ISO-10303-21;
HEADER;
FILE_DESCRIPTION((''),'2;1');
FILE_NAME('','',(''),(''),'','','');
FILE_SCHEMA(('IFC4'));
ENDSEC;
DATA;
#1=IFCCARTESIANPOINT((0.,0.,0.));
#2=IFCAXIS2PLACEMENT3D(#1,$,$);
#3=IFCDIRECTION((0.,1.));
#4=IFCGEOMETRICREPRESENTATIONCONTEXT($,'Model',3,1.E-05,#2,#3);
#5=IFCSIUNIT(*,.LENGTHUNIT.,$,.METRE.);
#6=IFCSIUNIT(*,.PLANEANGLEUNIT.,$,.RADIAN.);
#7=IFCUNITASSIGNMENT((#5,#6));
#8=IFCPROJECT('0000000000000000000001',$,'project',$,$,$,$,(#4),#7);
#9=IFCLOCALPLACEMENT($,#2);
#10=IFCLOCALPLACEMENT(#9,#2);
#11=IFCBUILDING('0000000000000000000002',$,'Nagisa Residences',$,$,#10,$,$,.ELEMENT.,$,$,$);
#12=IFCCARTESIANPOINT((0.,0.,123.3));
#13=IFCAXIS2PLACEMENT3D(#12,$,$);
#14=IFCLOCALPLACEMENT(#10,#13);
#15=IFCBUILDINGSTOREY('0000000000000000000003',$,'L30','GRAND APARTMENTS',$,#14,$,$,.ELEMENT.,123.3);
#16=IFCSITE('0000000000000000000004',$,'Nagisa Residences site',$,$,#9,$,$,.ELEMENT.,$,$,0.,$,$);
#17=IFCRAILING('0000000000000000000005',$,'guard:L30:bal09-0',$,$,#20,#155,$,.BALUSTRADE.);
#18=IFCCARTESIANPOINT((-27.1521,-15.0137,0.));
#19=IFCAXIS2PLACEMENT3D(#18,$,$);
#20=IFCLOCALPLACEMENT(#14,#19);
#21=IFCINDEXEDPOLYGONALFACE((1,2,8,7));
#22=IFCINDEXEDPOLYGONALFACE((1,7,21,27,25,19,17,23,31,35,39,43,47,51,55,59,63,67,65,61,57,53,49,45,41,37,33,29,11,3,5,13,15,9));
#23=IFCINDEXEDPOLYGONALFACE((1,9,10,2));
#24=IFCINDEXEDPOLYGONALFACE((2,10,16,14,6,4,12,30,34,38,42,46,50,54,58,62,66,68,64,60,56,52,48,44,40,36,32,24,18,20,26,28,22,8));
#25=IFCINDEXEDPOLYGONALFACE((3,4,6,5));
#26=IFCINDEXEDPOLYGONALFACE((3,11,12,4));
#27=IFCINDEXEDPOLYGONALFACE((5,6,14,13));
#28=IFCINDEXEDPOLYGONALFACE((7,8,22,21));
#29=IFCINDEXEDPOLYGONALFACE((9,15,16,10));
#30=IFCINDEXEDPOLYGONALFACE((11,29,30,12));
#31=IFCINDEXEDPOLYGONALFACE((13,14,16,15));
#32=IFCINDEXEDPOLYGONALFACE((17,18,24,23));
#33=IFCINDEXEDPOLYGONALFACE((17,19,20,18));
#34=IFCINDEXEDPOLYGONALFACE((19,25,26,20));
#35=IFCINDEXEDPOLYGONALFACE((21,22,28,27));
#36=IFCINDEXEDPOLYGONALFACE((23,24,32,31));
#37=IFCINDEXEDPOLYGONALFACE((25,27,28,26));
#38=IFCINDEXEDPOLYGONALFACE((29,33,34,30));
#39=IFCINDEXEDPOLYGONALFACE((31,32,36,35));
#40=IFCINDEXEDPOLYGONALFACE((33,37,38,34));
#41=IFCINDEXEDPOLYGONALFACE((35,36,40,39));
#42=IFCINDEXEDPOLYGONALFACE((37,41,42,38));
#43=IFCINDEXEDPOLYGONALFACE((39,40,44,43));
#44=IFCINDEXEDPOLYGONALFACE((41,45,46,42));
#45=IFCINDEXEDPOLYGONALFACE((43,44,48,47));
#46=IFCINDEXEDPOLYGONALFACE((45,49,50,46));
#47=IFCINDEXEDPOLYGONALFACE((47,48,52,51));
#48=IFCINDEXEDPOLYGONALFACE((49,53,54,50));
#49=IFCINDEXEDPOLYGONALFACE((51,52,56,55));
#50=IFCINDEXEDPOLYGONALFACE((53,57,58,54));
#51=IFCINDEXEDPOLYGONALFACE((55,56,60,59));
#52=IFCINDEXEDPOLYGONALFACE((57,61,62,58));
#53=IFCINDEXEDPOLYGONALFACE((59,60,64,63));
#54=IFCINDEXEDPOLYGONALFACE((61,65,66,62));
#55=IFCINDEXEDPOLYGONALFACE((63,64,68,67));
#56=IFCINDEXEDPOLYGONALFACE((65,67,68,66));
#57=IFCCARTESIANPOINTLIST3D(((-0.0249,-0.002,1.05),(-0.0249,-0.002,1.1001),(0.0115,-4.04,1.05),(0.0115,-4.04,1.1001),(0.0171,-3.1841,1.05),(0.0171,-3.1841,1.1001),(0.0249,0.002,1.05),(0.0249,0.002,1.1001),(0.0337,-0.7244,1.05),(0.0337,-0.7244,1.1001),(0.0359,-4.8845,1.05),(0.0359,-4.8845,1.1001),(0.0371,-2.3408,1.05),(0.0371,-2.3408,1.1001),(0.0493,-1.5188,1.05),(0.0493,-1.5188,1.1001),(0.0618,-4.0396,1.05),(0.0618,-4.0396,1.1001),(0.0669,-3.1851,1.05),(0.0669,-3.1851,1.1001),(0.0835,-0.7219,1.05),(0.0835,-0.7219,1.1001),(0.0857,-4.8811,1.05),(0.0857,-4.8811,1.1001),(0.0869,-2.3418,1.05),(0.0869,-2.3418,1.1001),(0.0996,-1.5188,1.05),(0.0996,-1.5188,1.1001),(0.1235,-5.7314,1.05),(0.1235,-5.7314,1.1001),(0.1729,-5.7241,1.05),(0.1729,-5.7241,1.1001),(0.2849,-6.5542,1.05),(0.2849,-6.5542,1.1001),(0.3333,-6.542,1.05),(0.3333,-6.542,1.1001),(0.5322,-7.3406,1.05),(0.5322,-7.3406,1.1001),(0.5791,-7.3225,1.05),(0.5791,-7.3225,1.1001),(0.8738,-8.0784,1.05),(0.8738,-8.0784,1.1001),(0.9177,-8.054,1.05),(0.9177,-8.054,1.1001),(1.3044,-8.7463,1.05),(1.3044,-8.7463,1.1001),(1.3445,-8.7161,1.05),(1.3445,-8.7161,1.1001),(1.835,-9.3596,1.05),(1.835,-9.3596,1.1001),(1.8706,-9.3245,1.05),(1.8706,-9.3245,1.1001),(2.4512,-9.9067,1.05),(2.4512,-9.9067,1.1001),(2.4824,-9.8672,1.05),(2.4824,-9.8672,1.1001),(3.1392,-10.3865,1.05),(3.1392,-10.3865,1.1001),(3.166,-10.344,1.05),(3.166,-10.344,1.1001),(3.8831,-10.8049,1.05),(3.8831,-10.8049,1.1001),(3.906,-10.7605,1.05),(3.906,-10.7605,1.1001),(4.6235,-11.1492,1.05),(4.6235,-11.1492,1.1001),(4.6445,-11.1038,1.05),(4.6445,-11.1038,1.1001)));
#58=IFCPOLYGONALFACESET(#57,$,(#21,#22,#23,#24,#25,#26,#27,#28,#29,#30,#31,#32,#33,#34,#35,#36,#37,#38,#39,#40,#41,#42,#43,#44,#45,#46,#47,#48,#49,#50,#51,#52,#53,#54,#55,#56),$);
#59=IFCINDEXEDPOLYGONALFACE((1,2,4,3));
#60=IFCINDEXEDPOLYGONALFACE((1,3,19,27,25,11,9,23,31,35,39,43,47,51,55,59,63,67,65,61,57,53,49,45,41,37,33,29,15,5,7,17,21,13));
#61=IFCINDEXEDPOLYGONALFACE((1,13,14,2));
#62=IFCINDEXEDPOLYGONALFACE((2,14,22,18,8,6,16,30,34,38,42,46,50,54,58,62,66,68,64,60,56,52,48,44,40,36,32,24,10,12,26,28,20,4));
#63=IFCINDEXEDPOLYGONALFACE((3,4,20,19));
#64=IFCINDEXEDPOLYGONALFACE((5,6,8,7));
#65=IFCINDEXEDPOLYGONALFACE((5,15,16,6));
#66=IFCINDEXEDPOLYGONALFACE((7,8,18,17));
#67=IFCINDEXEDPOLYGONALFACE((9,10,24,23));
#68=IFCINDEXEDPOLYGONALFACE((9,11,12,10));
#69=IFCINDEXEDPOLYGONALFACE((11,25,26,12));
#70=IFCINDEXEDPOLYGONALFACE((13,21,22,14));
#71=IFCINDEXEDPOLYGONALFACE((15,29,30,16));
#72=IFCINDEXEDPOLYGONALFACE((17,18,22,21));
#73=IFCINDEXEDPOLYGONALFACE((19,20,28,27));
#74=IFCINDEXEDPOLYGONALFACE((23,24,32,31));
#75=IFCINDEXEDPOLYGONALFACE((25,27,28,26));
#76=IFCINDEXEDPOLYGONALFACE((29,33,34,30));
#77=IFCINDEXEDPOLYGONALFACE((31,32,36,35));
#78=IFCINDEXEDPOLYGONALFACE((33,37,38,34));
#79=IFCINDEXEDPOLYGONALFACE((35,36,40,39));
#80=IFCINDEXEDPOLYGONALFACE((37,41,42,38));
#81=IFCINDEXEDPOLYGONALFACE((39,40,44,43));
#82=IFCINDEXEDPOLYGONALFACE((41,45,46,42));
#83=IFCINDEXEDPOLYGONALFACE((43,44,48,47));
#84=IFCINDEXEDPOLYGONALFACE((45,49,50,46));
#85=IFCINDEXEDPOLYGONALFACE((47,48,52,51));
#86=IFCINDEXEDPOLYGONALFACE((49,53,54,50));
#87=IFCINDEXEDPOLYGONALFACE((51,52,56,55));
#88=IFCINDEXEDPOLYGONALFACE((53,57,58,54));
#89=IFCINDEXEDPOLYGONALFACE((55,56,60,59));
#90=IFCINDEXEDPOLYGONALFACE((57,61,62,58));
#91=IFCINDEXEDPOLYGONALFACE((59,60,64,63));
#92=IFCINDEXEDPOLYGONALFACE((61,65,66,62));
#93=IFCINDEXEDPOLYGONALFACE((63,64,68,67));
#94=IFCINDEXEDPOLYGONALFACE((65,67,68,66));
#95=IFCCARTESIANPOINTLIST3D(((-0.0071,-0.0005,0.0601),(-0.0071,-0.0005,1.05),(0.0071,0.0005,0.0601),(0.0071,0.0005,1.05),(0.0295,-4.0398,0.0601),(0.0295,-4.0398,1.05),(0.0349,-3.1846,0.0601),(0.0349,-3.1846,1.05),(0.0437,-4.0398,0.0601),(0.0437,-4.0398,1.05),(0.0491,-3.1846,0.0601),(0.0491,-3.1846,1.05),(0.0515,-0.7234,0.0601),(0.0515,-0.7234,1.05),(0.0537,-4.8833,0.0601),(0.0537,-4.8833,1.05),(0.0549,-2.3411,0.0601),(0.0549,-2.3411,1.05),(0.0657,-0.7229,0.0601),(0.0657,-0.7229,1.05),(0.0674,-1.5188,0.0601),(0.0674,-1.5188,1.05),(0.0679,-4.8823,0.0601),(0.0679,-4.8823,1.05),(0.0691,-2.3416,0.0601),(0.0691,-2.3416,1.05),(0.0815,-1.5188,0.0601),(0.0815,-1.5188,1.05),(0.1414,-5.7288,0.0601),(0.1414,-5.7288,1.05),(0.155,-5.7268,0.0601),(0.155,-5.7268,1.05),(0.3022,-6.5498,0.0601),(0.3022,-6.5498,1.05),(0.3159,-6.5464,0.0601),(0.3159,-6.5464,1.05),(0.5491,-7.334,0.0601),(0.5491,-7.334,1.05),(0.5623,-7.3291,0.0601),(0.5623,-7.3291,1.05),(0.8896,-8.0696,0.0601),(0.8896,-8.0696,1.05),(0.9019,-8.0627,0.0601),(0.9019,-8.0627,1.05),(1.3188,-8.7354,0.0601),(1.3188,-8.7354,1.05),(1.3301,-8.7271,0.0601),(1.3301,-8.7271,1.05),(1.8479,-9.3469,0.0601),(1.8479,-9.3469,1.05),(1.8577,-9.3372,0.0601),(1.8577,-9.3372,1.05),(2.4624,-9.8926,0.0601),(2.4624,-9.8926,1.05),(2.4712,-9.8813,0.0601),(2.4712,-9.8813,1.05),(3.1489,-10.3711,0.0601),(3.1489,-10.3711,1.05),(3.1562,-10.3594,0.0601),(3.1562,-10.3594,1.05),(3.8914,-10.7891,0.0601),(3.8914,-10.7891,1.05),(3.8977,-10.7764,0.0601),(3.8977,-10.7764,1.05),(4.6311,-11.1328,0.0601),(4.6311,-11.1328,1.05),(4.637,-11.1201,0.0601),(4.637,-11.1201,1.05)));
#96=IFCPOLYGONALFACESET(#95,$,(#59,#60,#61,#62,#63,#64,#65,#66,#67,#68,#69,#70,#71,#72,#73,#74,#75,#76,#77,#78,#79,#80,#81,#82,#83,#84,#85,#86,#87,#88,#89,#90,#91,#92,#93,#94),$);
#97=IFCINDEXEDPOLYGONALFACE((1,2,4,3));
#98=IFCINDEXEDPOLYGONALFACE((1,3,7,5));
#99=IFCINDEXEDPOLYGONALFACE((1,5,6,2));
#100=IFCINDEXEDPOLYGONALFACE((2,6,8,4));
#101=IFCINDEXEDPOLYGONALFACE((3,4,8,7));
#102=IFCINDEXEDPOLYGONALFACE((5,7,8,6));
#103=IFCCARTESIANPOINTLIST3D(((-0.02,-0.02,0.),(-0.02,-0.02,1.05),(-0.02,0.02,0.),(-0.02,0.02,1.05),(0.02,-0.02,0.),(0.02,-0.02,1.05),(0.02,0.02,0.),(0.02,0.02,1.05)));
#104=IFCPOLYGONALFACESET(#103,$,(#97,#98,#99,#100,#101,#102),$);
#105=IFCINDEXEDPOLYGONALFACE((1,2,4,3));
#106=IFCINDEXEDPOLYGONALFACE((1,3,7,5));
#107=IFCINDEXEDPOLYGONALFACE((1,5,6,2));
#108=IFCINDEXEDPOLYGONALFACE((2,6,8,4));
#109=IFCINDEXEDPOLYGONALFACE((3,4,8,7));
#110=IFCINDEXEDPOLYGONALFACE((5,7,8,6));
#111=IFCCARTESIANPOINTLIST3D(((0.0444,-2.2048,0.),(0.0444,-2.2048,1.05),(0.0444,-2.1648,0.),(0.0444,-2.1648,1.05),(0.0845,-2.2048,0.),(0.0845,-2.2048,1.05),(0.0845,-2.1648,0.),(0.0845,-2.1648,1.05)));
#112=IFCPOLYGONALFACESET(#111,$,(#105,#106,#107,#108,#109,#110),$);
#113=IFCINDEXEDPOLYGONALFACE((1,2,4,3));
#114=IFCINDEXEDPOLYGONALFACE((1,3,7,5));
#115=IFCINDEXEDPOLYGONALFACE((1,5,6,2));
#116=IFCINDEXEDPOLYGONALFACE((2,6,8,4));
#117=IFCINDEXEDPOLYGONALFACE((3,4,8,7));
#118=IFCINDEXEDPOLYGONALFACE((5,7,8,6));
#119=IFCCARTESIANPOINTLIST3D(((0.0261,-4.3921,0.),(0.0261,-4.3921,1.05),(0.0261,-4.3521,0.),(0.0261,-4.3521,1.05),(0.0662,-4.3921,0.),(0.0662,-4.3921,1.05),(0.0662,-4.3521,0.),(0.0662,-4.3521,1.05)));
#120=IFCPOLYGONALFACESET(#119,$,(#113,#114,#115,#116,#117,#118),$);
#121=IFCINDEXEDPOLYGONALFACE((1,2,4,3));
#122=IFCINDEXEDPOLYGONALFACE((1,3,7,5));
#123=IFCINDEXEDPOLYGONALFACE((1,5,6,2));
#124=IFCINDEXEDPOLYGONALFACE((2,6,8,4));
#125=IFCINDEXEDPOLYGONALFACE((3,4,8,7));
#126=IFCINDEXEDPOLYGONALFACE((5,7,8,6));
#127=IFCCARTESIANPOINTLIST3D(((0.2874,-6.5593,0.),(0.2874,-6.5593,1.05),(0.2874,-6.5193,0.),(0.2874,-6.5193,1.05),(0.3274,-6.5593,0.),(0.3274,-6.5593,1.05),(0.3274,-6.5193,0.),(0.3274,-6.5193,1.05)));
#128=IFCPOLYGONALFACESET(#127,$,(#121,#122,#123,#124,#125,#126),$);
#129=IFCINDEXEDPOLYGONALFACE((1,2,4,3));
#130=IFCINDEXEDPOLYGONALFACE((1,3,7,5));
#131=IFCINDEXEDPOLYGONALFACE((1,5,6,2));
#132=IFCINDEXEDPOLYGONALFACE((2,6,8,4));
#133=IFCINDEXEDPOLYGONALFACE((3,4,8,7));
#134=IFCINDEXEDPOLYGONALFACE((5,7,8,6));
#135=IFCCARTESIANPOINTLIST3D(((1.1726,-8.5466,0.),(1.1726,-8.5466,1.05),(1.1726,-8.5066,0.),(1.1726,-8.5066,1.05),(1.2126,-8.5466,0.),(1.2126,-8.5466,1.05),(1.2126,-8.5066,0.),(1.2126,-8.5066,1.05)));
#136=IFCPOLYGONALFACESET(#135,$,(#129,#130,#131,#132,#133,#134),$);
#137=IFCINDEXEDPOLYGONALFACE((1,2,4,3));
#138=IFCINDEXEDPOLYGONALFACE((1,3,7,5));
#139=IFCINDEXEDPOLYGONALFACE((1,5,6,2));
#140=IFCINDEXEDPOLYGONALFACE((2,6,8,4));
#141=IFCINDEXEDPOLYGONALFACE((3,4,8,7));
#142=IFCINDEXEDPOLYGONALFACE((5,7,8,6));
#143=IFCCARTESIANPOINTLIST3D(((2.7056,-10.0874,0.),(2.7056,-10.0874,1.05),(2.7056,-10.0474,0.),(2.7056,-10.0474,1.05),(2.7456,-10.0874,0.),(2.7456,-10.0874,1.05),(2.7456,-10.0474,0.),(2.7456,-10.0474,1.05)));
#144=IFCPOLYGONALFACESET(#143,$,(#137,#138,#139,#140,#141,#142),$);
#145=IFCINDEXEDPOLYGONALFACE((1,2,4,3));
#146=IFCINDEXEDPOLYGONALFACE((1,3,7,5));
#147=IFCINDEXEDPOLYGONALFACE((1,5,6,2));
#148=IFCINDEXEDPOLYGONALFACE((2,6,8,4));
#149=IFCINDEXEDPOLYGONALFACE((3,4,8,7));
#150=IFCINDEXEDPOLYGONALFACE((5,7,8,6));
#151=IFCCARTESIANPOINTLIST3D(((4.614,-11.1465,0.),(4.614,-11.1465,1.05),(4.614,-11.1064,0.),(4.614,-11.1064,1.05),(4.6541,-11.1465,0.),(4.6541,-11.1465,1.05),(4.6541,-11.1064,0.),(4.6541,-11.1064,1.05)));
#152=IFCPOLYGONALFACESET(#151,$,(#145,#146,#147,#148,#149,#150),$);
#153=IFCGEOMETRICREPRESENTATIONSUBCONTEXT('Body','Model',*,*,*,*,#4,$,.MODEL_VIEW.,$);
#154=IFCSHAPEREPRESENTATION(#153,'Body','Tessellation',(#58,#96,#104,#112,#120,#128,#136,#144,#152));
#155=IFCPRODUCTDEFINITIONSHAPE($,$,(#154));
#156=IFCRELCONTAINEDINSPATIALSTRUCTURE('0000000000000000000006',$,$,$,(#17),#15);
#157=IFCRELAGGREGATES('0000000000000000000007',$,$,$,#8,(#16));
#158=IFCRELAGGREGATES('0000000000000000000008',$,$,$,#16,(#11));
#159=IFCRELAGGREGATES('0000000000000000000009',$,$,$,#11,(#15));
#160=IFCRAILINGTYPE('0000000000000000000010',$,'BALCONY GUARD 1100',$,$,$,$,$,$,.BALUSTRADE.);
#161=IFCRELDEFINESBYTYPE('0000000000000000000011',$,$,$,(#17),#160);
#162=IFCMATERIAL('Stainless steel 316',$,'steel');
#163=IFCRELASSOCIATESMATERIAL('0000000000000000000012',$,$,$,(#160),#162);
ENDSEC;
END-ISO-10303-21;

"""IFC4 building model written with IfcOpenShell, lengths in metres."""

from ifc_helpers import new_model, si_unit, direction, frame, origin, origin_2d, place, context, subcontext, project, spatial, polyline, rectangle, outline, extrude, material, type_object, element, save


model = new_model("IFC4")

# Units and contexts
model_context = context("Model", 3, precision=1e-05, world=origin(), true_north=direction((0.0, 1.0)))
body_context = subcontext(model_context, "Body", "Model", "MODEL_VIEW")
ifc_project = project(units=[si_unit("LENGTHUNIT", "METRE"), si_unit("PLANEANGLEUNIT", "RADIAN")], contexts=[model_context])

# Site, building, storey
site_placement = place(None, origin())
site = spatial("IfcSite", under=ifc_project, at=site_placement, Name="Nagisa Residences site", CompositionType="ELEMENT", RefElevation=0.0)
building_placement = place(site_placement, origin())
building = spatial("IfcBuilding", under=site, at=building_placement, Name="Nagisa Residences", CompositionType="ELEMENT")
storey_placement = place(building_placement, frame((0.0, 0.0, 123.3)))
storey = spatial("IfcBuildingStorey", under=building, at=storey_placement, Name="L30", Description="GRAND APARTMENTS", CompositionType="ELEMENT", Elevation=123.3)

# Railing
ifc_material_1 = material(Name="Stainless steel 316", Category="steel")
railing_type = type_object("IfcRailingType", Name="BALCONY GUARD 1100", PredefinedType="BALUSTRADE", material=ifc_material_1)
railing_1_placement = place(storey_placement, frame((-27.1521, -15.0137, 0.0)))
element("IfcRailing", 1, at=railing_1_placement, inside=storey, type_object=railing_type, Name="guard:L30:bal09-0", PredefinedType="BALUSTRADE", context=body_context, shape_type="SweptSolid", body=[
    extrude(outline(polyline([(0.0835, -0.7219), (0.0249, 0.002), (-0.0249, -0.002), (0.0337, -0.7244), (0.0493, -1.5188), (0.0371, -2.3408), (0.0171, -3.1841), (0.0115, -4.04), (0.0359, -4.8845), (0.1235, -5.7314), (0.2849, -6.5542), (0.5322, -7.3406), (0.8738, -8.0784), (1.3044, -8.7463), (1.835, -9.3596), (2.4512, -9.9067), (3.1392, -10.3865), (3.8831, -10.8049), (4.6235, -11.1492), (4.6445, -11.1038), (3.906, -10.7605), (3.166, -10.344), (2.4824, -9.8672), (1.8706, -9.3245), (1.3445, -8.7161), (0.9177, -8.054), (0.5791, -7.3225), (0.3333, -6.542), (0.1729, -5.7241), (0.0857, -4.8811), (0.0618, -4.0396), (0.0669, -3.1851), (0.0869, -2.3418), (0.0996, -1.5188), (0.0835, -0.7219)])), frame((0.0, 0.0, 1.05)), (0.0, 0.0, 1.0), 0.05),
    extrude(outline(polyline([(0.0657, -0.7229), (0.0071, 0.0005), (-0.0071, -0.0005), (0.0515, -0.7234), (0.0674, -1.5188), (0.0549, -2.3411), (0.0349, -3.1846), (0.0295, -4.0398), (0.0537, -4.8833), (0.1414, -5.7288), (0.3022, -6.5498), (0.5491, -7.334), (0.8896, -8.0696), (1.3188, -8.7354), (1.8479, -9.3469), (2.4624, -9.8926), (3.1489, -10.3711), (3.8914, -10.7891), (4.6311, -11.1328), (4.637, -11.1201), (3.8977, -10.7764), (3.1562, -10.3594), (2.4712, -9.8813), (1.8577, -9.3372), (1.3301, -8.7271), (0.9019, -8.0627), (0.5623, -7.3291), (0.3159, -6.5464), (0.155, -5.7268), (0.0679, -4.8823), (0.0437, -4.0398), (0.0491, -3.1846), (0.0691, -2.3416), (0.0815, -1.5188), (0.0657, -0.7229)])), frame((0.0, 0.0, 0.0601)), (0.0, 0.0, 1.0), 0.99),
    extrude(rectangle(XDim=0.04, YDim=0.04, at=origin_2d()), origin(), (0.0, 0.0, 1.0), 1.05),
    extrude(rectangle(XDim=0.04, YDim=0.04, at=origin_2d()), frame((0.0645, -2.1848, 0.0)), (0.0, 0.0, 1.0), 1.05),
    extrude(rectangle(XDim=0.04, YDim=0.04, at=origin_2d()), frame((0.0461, -4.3721, 0.0)), (0.0, 0.0, 1.0), 1.05),
    extrude(rectangle(XDim=0.04, YDim=0.04, at=origin_2d()), frame((0.3074, -6.5393, 0.0)), (0.0, 0.0, 1.0), 1.05),
    extrude(rectangle(XDim=0.04, YDim=0.04, at=origin_2d()), frame((1.1926, -8.5266, 0.0)), (0.0, 0.0, 1.0), 1.05),
    extrude(rectangle(XDim=0.04, YDim=0.04, at=origin_2d()), frame((2.7256, -10.0674, 0.0)), (0.0, 0.0, 1.0), 1.05),
    extrude(rectangle(XDim=0.04, YDim=0.04, at=origin_2d()), frame((4.634, -11.1265, 0.0)), (0.0, 0.0, 1.0), 1.05),
])

save(model, "model.ifc")
